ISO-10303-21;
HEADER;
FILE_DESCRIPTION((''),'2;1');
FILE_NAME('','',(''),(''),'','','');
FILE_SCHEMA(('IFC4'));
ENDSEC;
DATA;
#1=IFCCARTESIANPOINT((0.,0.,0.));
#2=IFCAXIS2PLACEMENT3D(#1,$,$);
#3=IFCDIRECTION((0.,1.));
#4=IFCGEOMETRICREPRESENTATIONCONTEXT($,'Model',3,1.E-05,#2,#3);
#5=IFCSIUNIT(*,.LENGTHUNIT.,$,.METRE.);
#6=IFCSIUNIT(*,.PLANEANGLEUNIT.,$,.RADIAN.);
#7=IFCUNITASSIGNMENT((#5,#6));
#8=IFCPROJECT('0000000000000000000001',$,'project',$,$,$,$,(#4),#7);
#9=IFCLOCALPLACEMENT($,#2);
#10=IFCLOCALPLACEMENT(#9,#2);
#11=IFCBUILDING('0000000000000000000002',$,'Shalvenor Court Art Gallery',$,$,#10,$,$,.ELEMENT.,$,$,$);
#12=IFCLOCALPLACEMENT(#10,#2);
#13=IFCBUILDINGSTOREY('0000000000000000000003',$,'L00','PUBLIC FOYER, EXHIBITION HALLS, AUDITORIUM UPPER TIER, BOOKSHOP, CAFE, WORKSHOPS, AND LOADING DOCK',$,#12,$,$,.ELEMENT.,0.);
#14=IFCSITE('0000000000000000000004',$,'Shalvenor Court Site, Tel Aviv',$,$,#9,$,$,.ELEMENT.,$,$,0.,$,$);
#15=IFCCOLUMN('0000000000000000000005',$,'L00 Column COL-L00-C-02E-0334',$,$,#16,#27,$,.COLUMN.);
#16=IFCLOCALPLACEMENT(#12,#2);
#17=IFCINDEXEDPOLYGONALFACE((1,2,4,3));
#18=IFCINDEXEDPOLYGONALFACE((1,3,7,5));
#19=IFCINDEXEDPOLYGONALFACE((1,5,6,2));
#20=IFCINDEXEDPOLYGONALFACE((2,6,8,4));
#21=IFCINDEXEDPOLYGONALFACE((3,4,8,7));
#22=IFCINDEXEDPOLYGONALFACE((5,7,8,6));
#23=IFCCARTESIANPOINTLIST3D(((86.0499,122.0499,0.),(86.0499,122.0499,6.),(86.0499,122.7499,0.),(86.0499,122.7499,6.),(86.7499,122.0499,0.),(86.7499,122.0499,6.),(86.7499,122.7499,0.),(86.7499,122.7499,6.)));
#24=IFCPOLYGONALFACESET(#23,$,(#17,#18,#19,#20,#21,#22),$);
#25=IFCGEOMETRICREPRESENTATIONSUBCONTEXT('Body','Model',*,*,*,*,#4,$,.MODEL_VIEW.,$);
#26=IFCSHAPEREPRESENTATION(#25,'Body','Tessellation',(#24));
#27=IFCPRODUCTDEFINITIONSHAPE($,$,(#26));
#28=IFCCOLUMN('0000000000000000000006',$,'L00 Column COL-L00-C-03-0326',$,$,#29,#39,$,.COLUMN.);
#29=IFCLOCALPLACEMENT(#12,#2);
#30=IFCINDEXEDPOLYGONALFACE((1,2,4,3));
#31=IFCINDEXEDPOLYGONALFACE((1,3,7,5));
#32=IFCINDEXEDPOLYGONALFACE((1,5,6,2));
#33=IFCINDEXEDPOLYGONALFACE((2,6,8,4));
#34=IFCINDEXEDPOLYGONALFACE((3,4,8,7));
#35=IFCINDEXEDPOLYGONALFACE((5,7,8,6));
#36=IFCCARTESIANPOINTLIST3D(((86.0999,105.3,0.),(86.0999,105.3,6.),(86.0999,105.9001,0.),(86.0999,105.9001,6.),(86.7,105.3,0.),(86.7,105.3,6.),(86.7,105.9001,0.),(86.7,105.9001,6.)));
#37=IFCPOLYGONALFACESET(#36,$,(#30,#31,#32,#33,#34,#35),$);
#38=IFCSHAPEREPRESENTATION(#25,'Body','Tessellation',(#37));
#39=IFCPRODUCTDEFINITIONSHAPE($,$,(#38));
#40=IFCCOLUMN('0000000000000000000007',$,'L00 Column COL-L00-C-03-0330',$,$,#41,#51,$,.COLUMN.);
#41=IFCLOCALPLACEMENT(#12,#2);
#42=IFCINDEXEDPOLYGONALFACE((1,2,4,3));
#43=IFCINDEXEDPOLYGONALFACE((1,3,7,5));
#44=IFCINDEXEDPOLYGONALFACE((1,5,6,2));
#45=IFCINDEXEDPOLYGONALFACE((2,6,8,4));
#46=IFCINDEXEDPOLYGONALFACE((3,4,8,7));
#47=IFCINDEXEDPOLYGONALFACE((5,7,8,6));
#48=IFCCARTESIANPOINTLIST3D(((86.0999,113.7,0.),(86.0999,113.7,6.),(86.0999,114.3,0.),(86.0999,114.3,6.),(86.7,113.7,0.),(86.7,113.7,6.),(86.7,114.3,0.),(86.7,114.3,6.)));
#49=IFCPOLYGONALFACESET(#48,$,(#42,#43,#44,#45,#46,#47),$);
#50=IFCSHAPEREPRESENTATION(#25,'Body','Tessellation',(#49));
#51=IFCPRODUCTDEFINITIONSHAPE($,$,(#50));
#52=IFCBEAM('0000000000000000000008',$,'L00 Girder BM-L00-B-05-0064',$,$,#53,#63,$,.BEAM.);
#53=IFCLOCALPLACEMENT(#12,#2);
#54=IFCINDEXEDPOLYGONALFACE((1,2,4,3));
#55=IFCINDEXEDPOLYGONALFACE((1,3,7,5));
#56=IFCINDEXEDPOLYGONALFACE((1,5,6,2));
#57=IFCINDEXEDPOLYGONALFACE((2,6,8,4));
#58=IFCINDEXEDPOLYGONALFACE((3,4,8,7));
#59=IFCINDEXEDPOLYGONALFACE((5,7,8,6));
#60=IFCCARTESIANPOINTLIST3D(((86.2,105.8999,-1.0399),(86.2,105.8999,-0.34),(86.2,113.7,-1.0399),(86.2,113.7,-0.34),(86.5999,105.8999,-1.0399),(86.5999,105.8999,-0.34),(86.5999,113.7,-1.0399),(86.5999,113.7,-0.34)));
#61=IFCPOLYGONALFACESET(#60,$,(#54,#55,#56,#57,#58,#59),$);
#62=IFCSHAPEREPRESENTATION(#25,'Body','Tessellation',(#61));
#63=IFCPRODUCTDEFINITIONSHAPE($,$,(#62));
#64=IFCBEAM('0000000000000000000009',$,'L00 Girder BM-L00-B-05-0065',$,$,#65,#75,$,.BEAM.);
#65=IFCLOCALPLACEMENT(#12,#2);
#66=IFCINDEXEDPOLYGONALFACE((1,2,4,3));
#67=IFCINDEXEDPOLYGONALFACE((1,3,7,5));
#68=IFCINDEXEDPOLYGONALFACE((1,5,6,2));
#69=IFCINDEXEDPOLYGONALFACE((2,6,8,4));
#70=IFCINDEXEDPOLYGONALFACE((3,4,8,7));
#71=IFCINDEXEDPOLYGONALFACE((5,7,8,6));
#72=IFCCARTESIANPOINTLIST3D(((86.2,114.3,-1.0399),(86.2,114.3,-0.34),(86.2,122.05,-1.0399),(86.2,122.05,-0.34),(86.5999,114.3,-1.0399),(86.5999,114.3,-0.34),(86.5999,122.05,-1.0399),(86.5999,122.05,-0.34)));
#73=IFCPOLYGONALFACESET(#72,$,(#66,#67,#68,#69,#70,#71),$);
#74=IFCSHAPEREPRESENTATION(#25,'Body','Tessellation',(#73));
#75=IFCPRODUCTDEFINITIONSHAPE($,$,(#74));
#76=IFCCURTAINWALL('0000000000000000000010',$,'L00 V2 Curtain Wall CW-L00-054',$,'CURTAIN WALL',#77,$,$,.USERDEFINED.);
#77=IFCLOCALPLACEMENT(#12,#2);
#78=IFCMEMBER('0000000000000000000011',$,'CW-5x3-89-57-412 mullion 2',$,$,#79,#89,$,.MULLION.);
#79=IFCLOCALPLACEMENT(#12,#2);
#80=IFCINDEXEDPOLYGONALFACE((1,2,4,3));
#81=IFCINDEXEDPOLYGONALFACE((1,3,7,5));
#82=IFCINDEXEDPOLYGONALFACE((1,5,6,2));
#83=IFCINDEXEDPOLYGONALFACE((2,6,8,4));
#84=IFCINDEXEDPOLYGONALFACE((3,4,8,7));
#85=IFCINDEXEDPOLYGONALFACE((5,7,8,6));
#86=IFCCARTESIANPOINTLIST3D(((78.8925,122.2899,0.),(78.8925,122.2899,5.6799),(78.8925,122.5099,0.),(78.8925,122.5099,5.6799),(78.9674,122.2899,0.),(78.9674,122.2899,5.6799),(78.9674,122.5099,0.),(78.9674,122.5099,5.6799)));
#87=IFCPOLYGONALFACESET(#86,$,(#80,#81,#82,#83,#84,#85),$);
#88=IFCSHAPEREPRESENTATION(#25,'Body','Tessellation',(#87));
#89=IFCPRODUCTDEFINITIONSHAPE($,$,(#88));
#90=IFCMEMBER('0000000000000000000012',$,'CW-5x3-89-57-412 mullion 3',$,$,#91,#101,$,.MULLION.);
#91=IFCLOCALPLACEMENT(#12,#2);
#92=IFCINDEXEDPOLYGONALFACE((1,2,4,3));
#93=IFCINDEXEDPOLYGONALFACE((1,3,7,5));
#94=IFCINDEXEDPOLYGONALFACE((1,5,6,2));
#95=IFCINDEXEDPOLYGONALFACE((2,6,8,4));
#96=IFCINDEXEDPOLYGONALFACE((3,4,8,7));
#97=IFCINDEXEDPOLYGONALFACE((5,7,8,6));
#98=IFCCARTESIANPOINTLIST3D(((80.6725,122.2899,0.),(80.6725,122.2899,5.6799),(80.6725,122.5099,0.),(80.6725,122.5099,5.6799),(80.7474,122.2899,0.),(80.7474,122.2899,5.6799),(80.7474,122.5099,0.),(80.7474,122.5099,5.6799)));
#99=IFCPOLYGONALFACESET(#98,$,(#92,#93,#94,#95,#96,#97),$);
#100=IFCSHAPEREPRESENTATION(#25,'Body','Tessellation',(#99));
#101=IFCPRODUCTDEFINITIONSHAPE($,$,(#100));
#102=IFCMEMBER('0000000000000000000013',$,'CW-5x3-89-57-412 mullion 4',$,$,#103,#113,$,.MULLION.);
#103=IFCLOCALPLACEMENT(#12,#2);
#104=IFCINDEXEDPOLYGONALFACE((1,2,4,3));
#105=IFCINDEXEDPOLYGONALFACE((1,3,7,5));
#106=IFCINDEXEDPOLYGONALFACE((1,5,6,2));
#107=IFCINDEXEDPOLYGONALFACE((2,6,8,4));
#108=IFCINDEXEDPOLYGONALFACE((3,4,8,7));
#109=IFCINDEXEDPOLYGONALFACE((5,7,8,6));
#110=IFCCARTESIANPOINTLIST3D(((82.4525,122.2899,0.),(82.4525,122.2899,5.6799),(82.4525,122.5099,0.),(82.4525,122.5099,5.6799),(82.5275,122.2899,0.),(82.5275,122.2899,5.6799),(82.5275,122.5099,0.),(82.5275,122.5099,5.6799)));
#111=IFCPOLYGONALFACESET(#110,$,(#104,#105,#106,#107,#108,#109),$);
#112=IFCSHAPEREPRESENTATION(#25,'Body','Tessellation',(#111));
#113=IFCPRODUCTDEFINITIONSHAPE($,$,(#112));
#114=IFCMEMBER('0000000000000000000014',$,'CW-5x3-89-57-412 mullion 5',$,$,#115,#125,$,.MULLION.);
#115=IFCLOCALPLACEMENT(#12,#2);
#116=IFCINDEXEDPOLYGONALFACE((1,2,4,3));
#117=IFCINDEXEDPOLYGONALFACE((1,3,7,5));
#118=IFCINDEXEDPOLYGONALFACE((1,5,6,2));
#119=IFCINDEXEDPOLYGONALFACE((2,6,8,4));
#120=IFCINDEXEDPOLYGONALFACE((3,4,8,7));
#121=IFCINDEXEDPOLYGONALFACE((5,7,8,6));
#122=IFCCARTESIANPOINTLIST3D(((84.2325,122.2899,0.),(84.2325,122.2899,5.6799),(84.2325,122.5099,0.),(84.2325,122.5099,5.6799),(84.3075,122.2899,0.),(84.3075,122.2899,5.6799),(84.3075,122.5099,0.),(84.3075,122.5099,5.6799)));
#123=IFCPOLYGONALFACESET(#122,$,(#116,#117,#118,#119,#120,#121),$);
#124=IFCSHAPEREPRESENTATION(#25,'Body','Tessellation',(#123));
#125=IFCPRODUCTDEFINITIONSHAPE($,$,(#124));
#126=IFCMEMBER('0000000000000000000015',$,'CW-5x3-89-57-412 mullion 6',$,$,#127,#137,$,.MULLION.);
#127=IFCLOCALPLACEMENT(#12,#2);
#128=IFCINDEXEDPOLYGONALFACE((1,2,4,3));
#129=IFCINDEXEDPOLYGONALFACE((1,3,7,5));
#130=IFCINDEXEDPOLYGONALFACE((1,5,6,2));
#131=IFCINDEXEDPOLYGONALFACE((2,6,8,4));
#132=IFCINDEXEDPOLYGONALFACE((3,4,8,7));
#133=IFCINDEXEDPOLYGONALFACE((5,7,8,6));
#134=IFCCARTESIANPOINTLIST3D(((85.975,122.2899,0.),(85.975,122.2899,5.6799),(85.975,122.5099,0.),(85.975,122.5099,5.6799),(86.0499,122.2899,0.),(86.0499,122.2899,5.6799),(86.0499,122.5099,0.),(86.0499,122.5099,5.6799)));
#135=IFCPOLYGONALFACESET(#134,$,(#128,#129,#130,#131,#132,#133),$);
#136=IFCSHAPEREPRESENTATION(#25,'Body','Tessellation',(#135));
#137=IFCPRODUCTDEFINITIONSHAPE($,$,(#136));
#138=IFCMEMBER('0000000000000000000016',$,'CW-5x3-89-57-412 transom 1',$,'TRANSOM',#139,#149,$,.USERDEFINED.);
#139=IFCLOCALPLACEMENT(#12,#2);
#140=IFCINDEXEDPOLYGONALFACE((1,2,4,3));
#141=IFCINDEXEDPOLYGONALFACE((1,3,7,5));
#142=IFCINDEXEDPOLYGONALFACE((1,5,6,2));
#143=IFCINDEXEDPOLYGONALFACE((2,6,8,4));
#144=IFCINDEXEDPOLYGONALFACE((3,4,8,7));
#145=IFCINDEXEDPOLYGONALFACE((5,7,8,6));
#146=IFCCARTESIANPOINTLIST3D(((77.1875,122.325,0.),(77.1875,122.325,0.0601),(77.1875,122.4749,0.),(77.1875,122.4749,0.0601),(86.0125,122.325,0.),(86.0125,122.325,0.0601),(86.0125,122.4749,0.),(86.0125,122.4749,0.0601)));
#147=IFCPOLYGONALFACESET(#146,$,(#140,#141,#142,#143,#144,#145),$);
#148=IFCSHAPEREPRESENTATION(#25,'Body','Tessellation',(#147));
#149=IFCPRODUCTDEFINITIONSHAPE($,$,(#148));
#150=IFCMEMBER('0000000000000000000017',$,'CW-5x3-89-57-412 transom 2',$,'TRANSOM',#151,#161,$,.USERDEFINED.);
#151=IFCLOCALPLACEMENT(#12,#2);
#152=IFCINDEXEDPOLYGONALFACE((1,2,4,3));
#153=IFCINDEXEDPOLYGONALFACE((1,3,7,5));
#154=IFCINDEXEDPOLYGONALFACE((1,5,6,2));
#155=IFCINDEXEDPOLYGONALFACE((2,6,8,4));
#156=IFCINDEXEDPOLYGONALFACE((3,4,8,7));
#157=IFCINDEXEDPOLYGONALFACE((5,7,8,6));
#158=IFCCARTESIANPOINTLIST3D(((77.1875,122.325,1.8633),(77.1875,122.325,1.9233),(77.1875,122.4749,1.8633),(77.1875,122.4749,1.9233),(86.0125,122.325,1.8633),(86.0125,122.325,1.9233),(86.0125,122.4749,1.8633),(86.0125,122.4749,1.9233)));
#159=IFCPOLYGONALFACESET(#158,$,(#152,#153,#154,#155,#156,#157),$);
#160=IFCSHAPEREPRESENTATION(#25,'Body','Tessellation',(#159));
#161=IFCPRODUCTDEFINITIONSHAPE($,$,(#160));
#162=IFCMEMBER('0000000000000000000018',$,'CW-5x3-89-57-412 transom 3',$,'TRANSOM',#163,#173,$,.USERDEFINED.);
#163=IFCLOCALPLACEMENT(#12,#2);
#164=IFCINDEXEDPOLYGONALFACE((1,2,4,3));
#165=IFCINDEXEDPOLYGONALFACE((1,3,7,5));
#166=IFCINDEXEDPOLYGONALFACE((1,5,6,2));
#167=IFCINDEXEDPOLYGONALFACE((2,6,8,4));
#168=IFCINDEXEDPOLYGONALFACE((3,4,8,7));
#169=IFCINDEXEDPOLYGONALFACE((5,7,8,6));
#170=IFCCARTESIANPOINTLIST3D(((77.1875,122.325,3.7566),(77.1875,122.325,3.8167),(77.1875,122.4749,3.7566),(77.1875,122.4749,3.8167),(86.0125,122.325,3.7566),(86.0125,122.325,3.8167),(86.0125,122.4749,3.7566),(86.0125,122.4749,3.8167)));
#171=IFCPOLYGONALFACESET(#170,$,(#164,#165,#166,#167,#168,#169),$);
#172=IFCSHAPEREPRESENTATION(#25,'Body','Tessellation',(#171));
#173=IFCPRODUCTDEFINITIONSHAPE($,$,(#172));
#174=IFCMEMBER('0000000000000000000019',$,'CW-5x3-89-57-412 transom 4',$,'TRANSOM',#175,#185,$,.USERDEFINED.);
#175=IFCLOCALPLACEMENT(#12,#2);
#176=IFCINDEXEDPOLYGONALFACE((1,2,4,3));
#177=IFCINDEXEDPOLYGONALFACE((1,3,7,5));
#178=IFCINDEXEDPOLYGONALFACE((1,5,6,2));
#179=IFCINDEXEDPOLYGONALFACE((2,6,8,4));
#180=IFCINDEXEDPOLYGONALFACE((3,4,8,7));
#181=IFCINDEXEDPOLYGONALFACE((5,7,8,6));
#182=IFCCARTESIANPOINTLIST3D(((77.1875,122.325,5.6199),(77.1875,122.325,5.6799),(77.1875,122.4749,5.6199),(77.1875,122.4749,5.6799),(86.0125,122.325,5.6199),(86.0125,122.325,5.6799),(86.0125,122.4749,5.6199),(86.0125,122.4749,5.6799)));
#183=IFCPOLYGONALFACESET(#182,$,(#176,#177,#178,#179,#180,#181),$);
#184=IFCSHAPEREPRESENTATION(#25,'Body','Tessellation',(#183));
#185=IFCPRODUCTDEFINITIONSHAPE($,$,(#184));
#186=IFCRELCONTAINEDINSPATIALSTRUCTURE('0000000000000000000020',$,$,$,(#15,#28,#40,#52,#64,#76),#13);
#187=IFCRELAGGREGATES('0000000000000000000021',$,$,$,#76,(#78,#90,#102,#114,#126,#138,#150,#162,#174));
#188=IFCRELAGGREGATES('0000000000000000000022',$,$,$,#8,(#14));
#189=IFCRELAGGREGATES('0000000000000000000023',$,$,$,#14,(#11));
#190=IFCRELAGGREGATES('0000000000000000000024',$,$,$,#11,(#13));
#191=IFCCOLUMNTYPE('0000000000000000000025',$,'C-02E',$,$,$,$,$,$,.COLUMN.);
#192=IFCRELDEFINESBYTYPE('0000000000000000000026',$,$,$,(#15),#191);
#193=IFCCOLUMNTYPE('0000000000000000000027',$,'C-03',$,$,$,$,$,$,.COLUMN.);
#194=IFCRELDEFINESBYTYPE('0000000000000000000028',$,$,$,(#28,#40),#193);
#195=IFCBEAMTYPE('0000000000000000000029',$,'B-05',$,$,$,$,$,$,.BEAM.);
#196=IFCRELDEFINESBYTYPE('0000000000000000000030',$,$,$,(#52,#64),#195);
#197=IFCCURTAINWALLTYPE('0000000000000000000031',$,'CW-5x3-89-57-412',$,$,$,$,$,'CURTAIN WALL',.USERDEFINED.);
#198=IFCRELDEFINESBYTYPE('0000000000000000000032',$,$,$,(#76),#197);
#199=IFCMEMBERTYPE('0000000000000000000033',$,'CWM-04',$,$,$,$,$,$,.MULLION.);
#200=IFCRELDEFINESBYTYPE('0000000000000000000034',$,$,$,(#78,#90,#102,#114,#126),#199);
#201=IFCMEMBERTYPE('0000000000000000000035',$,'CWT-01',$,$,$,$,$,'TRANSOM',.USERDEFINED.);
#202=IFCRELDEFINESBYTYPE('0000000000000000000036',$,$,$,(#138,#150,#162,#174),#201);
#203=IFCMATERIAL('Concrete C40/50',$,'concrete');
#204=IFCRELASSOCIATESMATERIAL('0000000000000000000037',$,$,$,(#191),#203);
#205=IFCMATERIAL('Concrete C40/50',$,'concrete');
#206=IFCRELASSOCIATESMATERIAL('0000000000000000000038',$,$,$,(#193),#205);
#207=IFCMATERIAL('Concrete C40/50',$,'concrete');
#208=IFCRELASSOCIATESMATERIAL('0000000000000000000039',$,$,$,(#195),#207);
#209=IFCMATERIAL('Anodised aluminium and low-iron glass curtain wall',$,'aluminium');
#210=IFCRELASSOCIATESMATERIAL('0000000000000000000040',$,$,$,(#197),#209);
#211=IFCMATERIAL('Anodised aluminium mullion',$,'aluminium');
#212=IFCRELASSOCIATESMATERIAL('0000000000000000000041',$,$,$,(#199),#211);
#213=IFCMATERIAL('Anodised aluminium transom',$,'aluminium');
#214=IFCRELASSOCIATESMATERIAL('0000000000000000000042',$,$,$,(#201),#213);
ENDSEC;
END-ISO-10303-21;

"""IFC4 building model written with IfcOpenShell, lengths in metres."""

from ifc_helpers import new_model, si_unit, direction, frame, origin, origin_2d, place, context, subcontext, project, spatial, rectangle, extrude, material, material_profile, profile_set, type_object, element, aggregate, save


model = new_model("IFC4")

# Units and contexts
model_context = context("Model", 3, precision=1e-05, world=origin(), true_north=direction((0.0, 1.0)))
body_context = subcontext(model_context, "Body", "Model", "MODEL_VIEW")
ifc_project = project(units=[si_unit("LENGTHUNIT", "METRE"), si_unit("PLANEANGLEUNIT", "RADIAN")], contexts=[model_context])

# Site, building, storey
site_placement = place(None, origin())
site = spatial("IfcSite", under=ifc_project, at=site_placement, Name="Shalvenor Court Site, Tel Aviv", CompositionType="ELEMENT", RefElevation=0.0)
building_placement = place(site_placement, origin())
building = spatial("IfcBuilding", under=site, at=building_placement, Name="Shalvenor Court Art Gallery", CompositionType="ELEMENT")
storey_placement = place(building_placement, origin())
storey = spatial("IfcBuildingStorey", under=building, at=storey_placement, Name="L00", Description="PUBLIC FOYER, EXHIBITION HALLS, AUDITORIUM UPPER TIER, BOOKSHOP, CAFE, WORKSHOPS, AND LOADING DOCK", CompositionType="ELEMENT", Elevation=0.0)

# Columns
ifc_material_1 = material(Name="Concrete C40/50", Category="concrete")
ifc_material_profile_1 = material_profile(ifc_material_1, rectangle(XDim=0.7, YDim=0.7, at=origin_2d()), Name="RC 700x700")
ifc_profile_set_1 = profile_set([ifc_material_profile_1], Name="Concrete C40/50")
column_type_1 = type_object("IfcColumnType", Name="C-02E", PredefinedType="COLUMN", material=ifc_profile_set_1)
column_placement = place(storey_placement, frame((86.3999, 122.3999, 0.0), z_axis=(0.0, 0.0, 1.0), x_axis=(1.0, 0.0, 0.0)))
element("IfcColumn", 1, at=column_placement, inside=storey, type_object=column_type_1, Name="L00 Column COL-L00-C-02E-0334", PredefinedType="COLUMN", context=body_context, shape_type="SweptSolid", body=[
    extrude(rectangle(XDim=0.7, YDim=0.7, at=origin_2d()), origin(), (0.0, 0.0, 1.0), 6.0),
])
ifc_material_2 = material(Name="Concrete C40/50", Category="concrete")
ifc_material_profile_2 = material_profile(ifc_material_2, rectangle(XDim=0.6001, YDim=0.6001, at=origin_2d()), Name="RC 600x600")
ifc_profile_set_2 = profile_set([ifc_material_profile_2], Name="Concrete C40/50")
column_type_2 = type_object("IfcColumnType", Name="C-03", PredefinedType="COLUMN", material=ifc_profile_set_2)
for number, where, z_axis, x_axis, name in (
    (2, (86.3999, 105.6001, 0.0), (0.0, 0.0, 1.0), (1.0, 0.0, 0.0), "L00 Column COL-L00-C-03-0326"),
    (3, (86.3999, 114.0, 0.0), (0.0, 0.0, 1.0), (1.0, 0.0, 0.0), "L00 Column COL-L00-C-03-0330"),
):
    element("IfcColumn", number, at=place(storey_placement, frame(where, z_axis=z_axis, x_axis=x_axis)), inside=storey, type_object=column_type_2, Name=name, PredefinedType="COLUMN", context=body_context, shape_type="SweptSolid", body=[
        extrude(rectangle(XDim=0.6001, YDim=0.6001, at=origin_2d()), origin(), (0.0, 0.0, 1.0), 6.0),
    ])

# Beams
ifc_material_3 = material(Name="Concrete C40/50", Category="concrete")
ifc_material_profile_3 = material_profile(ifc_material_3, rectangle(XDim=0.3999, YDim=0.7, at=origin_2d()), Name="RC 400x700")
ifc_profile_set_3 = profile_set([ifc_material_profile_3], Name="Concrete C40/50")
beam_type_1 = type_object("IfcBeamType", Name="B-05", PredefinedType="BEAM", material=ifc_profile_set_3)
beam_1_placement = place(storey_placement, frame((86.3999, 105.8999, -0.6899), z_axis=(0.0, 1.0, 0.0), x_axis=(-1.0, 0.0, 0.0)))
element("IfcBeam", 4, at=beam_1_placement, inside=storey, type_object=beam_type_1, Name="L00 Girder BM-L00-B-05-0064", PredefinedType="BEAM", context=body_context, shape_type="SweptSolid", body=[
    extrude(rectangle(XDim=0.3999, YDim=0.7, at=origin_2d()), origin(), (0.0, 0.0, 1.0), 7.8),
])
beam_2_placement = place(storey_placement, frame((86.3999, 114.3, -0.6899), z_axis=(0.0, 1.0, 0.0), x_axis=(-1.0, 0.0, 0.0)))
element("IfcBeam", 5, at=beam_2_placement, inside=storey, type_object=beam_type_1, Name="L00 Girder BM-L00-B-05-0065", PredefinedType="BEAM", context=body_context, shape_type="SweptSolid", body=[
    extrude(rectangle(XDim=0.3999, YDim=0.7, at=origin_2d()), origin(), (0.0, 0.0, 1.0), 7.75),
])

# Curtain wall, members
ifc_material_4 = material(Name="Anodised aluminium and low-iron glass curtain wall", Category="aluminium")
curtain_wall_type = type_object("IfcCurtainWallType", Name="CW-5x3-89-57-412", ElementType="CURTAIN WALL", PredefinedType="USERDEFINED", material=ifc_material_4)
curtain_wall_placement = place(storey_placement, origin())
curtain_wall = element("IfcCurtainWall", 6, at=curtain_wall_placement, inside=storey, type_object=curtain_wall_type, Name="L00 V2 Curtain Wall CW-L00-054", ObjectType="CURTAIN WALL", PredefinedType="USERDEFINED")
ifc_material_5 = material(Name="Anodised aluminium mullion", Category="aluminium")
ifc_material_profile_4 = material_profile(ifc_material_5, rectangle(XDim=0.075, YDim=0.22, at=origin_2d()), Name="CWM-04")
ifc_profile_set_4 = profile_set([ifc_material_profile_4], Name="Anodised aluminium mullion")
member_type_1 = type_object("IfcMemberType", Name="CWM-04", PredefinedType="MULLION", material=ifc_profile_set_4)
member_1_placement = place(storey_placement, frame((78.9299, 122.3999, 0.0), z_axis=(0.0, 0.0, 1.0), x_axis=(1.0, 0.0, 0.0)))
member_1 = element("IfcMember", 7, at=member_1_placement, type_object=member_type_1, Name="CW-5x3-89-57-412 mullion 2", PredefinedType="MULLION", context=body_context, shape_type="SweptSolid", body=[
    extrude(rectangle(XDim=0.075, YDim=0.22, at=origin_2d()), origin(), (0.0, 0.0, 1.0), 5.6799),
])
member_2_placement = place(storey_placement, frame((80.71, 122.3999, 0.0), z_axis=(0.0, 0.0, 1.0), x_axis=(1.0, 0.0, 0.0)))
member_2 = element("IfcMember", 8, at=member_2_placement, type_object=member_type_1, Name="CW-5x3-89-57-412 mullion 3", PredefinedType="MULLION", context=body_context, shape_type="SweptSolid", body=[
    extrude(rectangle(XDim=0.075, YDim=0.22, at=origin_2d()), origin(), (0.0, 0.0, 1.0), 5.6799),
])
member_3_placement = place(storey_placement, frame((82.49, 122.3999, 0.0), z_axis=(0.0, 0.0, 1.0), x_axis=(1.0, 0.0, 0.0)))
member_3 = element("IfcMember", 9, at=member_3_placement, type_object=member_type_1, Name="CW-5x3-89-57-412 mullion 4", PredefinedType="MULLION", context=body_context, shape_type="SweptSolid", body=[
    extrude(rectangle(XDim=0.075, YDim=0.22, at=origin_2d()), origin(), (0.0, 0.0, 1.0), 5.6799),
])
member_4_placement = place(storey_placement, frame((84.27, 122.3999, 0.0), z_axis=(0.0, 0.0, 1.0), x_axis=(1.0, 0.0, 0.0)))
member_4 = element("IfcMember", 10, at=member_4_placement, type_object=member_type_1, Name="CW-5x3-89-57-412 mullion 5", PredefinedType="MULLION", context=body_context, shape_type="SweptSolid", body=[
    extrude(rectangle(XDim=0.075, YDim=0.22, at=origin_2d()), origin(), (0.0, 0.0, 1.0), 5.6799),
])
member_5_placement = place(storey_placement, frame((86.0125, 122.3999, 0.0), z_axis=(0.0, 0.0, 1.0), x_axis=(1.0, 0.0, 0.0)))
member_5 = element("IfcMember", 11, at=member_5_placement, type_object=member_type_1, Name="CW-5x3-89-57-412 mullion 6", PredefinedType="MULLION", context=body_context, shape_type="SweptSolid", body=[
    extrude(rectangle(XDim=0.075, YDim=0.22, at=origin_2d()), origin(), (0.0, 0.0, 1.0), 5.6799),
])
ifc_material_6 = material(Name="Anodised aluminium transom", Category="aluminium")
ifc_material_profile_5 = material_profile(ifc_material_6, rectangle(XDim=0.1499, YDim=0.0601, at=origin_2d()), Name="CWT-01")
ifc_profile_set_5 = profile_set([ifc_material_profile_5], Name="Anodised aluminium transom")
member_type_2 = type_object("IfcMemberType", Name="CWT-01", ElementType="TRANSOM", PredefinedType="USERDEFINED", material=ifc_profile_set_5)
member_6_placement = place(storey_placement, frame((77.1875, 122.3999, 0.03), z_axis=(1.0, 0.0, 0.0), x_axis=(0.0, 1.0, 0.0)))
member_6 = element("IfcMember", 12, at=member_6_placement, type_object=member_type_2, Name="CW-5x3-89-57-412 transom 1", ObjectType="TRANSOM", PredefinedType="USERDEFINED", context=body_context, shape_type="SweptSolid", body=[
    extrude(rectangle(XDim=0.1499, YDim=0.0601, at=origin_2d()), origin(), (0.0, 0.0, 1.0), 8.825),
])
member_7_placement = place(storey_placement, frame((77.1875, 122.3999, 1.8933), z_axis=(1.0, 0.0, 0.0), x_axis=(0.0, 1.0, 0.0)))
member_7 = element("IfcMember", 13, at=member_7_placement, type_object=member_type_2, Name="CW-5x3-89-57-412 transom 2", ObjectType="TRANSOM", PredefinedType="USERDEFINED", context=body_context, shape_type="SweptSolid", body=[
    extrude(rectangle(XDim=0.1499, YDim=0.0601, at=origin_2d()), origin(), (0.0, 0.0, 1.0), 8.825),
])
member_8_placement = place(storey_placement, frame((77.1875, 122.3999, 3.7866), z_axis=(1.0, 0.0, 0.0), x_axis=(0.0, 1.0, 0.0)))
member_8 = element("IfcMember", 14, at=member_8_placement, type_object=member_type_2, Name="CW-5x3-89-57-412 transom 3", ObjectType="TRANSOM", PredefinedType="USERDEFINED", context=body_context, shape_type="SweptSolid", body=[
    extrude(rectangle(XDim=0.1499, YDim=0.0601, at=origin_2d()), origin(), (0.0, 0.0, 1.0), 8.825),
])
member_9_placement = place(storey_placement, frame((77.1875, 122.3999, 5.6499), z_axis=(1.0, 0.0, 0.0), x_axis=(0.0, 1.0, 0.0)))
member_9 = element("IfcMember", 15, at=member_9_placement, type_object=member_type_2, Name="CW-5x3-89-57-412 transom 4", ObjectType="TRANSOM", PredefinedType="USERDEFINED", context=body_context, shape_type="SweptSolid", body=[
    extrude(rectangle(XDim=0.1499, YDim=0.0601, at=origin_2d()), origin(), (0.0, 0.0, 1.0), 8.825),
])

aggregate(curtain_wall, [member_1, member_2, member_3, member_4, member_5, member_6, member_7, member_8, member_9])

save(model, "model.ifc")
